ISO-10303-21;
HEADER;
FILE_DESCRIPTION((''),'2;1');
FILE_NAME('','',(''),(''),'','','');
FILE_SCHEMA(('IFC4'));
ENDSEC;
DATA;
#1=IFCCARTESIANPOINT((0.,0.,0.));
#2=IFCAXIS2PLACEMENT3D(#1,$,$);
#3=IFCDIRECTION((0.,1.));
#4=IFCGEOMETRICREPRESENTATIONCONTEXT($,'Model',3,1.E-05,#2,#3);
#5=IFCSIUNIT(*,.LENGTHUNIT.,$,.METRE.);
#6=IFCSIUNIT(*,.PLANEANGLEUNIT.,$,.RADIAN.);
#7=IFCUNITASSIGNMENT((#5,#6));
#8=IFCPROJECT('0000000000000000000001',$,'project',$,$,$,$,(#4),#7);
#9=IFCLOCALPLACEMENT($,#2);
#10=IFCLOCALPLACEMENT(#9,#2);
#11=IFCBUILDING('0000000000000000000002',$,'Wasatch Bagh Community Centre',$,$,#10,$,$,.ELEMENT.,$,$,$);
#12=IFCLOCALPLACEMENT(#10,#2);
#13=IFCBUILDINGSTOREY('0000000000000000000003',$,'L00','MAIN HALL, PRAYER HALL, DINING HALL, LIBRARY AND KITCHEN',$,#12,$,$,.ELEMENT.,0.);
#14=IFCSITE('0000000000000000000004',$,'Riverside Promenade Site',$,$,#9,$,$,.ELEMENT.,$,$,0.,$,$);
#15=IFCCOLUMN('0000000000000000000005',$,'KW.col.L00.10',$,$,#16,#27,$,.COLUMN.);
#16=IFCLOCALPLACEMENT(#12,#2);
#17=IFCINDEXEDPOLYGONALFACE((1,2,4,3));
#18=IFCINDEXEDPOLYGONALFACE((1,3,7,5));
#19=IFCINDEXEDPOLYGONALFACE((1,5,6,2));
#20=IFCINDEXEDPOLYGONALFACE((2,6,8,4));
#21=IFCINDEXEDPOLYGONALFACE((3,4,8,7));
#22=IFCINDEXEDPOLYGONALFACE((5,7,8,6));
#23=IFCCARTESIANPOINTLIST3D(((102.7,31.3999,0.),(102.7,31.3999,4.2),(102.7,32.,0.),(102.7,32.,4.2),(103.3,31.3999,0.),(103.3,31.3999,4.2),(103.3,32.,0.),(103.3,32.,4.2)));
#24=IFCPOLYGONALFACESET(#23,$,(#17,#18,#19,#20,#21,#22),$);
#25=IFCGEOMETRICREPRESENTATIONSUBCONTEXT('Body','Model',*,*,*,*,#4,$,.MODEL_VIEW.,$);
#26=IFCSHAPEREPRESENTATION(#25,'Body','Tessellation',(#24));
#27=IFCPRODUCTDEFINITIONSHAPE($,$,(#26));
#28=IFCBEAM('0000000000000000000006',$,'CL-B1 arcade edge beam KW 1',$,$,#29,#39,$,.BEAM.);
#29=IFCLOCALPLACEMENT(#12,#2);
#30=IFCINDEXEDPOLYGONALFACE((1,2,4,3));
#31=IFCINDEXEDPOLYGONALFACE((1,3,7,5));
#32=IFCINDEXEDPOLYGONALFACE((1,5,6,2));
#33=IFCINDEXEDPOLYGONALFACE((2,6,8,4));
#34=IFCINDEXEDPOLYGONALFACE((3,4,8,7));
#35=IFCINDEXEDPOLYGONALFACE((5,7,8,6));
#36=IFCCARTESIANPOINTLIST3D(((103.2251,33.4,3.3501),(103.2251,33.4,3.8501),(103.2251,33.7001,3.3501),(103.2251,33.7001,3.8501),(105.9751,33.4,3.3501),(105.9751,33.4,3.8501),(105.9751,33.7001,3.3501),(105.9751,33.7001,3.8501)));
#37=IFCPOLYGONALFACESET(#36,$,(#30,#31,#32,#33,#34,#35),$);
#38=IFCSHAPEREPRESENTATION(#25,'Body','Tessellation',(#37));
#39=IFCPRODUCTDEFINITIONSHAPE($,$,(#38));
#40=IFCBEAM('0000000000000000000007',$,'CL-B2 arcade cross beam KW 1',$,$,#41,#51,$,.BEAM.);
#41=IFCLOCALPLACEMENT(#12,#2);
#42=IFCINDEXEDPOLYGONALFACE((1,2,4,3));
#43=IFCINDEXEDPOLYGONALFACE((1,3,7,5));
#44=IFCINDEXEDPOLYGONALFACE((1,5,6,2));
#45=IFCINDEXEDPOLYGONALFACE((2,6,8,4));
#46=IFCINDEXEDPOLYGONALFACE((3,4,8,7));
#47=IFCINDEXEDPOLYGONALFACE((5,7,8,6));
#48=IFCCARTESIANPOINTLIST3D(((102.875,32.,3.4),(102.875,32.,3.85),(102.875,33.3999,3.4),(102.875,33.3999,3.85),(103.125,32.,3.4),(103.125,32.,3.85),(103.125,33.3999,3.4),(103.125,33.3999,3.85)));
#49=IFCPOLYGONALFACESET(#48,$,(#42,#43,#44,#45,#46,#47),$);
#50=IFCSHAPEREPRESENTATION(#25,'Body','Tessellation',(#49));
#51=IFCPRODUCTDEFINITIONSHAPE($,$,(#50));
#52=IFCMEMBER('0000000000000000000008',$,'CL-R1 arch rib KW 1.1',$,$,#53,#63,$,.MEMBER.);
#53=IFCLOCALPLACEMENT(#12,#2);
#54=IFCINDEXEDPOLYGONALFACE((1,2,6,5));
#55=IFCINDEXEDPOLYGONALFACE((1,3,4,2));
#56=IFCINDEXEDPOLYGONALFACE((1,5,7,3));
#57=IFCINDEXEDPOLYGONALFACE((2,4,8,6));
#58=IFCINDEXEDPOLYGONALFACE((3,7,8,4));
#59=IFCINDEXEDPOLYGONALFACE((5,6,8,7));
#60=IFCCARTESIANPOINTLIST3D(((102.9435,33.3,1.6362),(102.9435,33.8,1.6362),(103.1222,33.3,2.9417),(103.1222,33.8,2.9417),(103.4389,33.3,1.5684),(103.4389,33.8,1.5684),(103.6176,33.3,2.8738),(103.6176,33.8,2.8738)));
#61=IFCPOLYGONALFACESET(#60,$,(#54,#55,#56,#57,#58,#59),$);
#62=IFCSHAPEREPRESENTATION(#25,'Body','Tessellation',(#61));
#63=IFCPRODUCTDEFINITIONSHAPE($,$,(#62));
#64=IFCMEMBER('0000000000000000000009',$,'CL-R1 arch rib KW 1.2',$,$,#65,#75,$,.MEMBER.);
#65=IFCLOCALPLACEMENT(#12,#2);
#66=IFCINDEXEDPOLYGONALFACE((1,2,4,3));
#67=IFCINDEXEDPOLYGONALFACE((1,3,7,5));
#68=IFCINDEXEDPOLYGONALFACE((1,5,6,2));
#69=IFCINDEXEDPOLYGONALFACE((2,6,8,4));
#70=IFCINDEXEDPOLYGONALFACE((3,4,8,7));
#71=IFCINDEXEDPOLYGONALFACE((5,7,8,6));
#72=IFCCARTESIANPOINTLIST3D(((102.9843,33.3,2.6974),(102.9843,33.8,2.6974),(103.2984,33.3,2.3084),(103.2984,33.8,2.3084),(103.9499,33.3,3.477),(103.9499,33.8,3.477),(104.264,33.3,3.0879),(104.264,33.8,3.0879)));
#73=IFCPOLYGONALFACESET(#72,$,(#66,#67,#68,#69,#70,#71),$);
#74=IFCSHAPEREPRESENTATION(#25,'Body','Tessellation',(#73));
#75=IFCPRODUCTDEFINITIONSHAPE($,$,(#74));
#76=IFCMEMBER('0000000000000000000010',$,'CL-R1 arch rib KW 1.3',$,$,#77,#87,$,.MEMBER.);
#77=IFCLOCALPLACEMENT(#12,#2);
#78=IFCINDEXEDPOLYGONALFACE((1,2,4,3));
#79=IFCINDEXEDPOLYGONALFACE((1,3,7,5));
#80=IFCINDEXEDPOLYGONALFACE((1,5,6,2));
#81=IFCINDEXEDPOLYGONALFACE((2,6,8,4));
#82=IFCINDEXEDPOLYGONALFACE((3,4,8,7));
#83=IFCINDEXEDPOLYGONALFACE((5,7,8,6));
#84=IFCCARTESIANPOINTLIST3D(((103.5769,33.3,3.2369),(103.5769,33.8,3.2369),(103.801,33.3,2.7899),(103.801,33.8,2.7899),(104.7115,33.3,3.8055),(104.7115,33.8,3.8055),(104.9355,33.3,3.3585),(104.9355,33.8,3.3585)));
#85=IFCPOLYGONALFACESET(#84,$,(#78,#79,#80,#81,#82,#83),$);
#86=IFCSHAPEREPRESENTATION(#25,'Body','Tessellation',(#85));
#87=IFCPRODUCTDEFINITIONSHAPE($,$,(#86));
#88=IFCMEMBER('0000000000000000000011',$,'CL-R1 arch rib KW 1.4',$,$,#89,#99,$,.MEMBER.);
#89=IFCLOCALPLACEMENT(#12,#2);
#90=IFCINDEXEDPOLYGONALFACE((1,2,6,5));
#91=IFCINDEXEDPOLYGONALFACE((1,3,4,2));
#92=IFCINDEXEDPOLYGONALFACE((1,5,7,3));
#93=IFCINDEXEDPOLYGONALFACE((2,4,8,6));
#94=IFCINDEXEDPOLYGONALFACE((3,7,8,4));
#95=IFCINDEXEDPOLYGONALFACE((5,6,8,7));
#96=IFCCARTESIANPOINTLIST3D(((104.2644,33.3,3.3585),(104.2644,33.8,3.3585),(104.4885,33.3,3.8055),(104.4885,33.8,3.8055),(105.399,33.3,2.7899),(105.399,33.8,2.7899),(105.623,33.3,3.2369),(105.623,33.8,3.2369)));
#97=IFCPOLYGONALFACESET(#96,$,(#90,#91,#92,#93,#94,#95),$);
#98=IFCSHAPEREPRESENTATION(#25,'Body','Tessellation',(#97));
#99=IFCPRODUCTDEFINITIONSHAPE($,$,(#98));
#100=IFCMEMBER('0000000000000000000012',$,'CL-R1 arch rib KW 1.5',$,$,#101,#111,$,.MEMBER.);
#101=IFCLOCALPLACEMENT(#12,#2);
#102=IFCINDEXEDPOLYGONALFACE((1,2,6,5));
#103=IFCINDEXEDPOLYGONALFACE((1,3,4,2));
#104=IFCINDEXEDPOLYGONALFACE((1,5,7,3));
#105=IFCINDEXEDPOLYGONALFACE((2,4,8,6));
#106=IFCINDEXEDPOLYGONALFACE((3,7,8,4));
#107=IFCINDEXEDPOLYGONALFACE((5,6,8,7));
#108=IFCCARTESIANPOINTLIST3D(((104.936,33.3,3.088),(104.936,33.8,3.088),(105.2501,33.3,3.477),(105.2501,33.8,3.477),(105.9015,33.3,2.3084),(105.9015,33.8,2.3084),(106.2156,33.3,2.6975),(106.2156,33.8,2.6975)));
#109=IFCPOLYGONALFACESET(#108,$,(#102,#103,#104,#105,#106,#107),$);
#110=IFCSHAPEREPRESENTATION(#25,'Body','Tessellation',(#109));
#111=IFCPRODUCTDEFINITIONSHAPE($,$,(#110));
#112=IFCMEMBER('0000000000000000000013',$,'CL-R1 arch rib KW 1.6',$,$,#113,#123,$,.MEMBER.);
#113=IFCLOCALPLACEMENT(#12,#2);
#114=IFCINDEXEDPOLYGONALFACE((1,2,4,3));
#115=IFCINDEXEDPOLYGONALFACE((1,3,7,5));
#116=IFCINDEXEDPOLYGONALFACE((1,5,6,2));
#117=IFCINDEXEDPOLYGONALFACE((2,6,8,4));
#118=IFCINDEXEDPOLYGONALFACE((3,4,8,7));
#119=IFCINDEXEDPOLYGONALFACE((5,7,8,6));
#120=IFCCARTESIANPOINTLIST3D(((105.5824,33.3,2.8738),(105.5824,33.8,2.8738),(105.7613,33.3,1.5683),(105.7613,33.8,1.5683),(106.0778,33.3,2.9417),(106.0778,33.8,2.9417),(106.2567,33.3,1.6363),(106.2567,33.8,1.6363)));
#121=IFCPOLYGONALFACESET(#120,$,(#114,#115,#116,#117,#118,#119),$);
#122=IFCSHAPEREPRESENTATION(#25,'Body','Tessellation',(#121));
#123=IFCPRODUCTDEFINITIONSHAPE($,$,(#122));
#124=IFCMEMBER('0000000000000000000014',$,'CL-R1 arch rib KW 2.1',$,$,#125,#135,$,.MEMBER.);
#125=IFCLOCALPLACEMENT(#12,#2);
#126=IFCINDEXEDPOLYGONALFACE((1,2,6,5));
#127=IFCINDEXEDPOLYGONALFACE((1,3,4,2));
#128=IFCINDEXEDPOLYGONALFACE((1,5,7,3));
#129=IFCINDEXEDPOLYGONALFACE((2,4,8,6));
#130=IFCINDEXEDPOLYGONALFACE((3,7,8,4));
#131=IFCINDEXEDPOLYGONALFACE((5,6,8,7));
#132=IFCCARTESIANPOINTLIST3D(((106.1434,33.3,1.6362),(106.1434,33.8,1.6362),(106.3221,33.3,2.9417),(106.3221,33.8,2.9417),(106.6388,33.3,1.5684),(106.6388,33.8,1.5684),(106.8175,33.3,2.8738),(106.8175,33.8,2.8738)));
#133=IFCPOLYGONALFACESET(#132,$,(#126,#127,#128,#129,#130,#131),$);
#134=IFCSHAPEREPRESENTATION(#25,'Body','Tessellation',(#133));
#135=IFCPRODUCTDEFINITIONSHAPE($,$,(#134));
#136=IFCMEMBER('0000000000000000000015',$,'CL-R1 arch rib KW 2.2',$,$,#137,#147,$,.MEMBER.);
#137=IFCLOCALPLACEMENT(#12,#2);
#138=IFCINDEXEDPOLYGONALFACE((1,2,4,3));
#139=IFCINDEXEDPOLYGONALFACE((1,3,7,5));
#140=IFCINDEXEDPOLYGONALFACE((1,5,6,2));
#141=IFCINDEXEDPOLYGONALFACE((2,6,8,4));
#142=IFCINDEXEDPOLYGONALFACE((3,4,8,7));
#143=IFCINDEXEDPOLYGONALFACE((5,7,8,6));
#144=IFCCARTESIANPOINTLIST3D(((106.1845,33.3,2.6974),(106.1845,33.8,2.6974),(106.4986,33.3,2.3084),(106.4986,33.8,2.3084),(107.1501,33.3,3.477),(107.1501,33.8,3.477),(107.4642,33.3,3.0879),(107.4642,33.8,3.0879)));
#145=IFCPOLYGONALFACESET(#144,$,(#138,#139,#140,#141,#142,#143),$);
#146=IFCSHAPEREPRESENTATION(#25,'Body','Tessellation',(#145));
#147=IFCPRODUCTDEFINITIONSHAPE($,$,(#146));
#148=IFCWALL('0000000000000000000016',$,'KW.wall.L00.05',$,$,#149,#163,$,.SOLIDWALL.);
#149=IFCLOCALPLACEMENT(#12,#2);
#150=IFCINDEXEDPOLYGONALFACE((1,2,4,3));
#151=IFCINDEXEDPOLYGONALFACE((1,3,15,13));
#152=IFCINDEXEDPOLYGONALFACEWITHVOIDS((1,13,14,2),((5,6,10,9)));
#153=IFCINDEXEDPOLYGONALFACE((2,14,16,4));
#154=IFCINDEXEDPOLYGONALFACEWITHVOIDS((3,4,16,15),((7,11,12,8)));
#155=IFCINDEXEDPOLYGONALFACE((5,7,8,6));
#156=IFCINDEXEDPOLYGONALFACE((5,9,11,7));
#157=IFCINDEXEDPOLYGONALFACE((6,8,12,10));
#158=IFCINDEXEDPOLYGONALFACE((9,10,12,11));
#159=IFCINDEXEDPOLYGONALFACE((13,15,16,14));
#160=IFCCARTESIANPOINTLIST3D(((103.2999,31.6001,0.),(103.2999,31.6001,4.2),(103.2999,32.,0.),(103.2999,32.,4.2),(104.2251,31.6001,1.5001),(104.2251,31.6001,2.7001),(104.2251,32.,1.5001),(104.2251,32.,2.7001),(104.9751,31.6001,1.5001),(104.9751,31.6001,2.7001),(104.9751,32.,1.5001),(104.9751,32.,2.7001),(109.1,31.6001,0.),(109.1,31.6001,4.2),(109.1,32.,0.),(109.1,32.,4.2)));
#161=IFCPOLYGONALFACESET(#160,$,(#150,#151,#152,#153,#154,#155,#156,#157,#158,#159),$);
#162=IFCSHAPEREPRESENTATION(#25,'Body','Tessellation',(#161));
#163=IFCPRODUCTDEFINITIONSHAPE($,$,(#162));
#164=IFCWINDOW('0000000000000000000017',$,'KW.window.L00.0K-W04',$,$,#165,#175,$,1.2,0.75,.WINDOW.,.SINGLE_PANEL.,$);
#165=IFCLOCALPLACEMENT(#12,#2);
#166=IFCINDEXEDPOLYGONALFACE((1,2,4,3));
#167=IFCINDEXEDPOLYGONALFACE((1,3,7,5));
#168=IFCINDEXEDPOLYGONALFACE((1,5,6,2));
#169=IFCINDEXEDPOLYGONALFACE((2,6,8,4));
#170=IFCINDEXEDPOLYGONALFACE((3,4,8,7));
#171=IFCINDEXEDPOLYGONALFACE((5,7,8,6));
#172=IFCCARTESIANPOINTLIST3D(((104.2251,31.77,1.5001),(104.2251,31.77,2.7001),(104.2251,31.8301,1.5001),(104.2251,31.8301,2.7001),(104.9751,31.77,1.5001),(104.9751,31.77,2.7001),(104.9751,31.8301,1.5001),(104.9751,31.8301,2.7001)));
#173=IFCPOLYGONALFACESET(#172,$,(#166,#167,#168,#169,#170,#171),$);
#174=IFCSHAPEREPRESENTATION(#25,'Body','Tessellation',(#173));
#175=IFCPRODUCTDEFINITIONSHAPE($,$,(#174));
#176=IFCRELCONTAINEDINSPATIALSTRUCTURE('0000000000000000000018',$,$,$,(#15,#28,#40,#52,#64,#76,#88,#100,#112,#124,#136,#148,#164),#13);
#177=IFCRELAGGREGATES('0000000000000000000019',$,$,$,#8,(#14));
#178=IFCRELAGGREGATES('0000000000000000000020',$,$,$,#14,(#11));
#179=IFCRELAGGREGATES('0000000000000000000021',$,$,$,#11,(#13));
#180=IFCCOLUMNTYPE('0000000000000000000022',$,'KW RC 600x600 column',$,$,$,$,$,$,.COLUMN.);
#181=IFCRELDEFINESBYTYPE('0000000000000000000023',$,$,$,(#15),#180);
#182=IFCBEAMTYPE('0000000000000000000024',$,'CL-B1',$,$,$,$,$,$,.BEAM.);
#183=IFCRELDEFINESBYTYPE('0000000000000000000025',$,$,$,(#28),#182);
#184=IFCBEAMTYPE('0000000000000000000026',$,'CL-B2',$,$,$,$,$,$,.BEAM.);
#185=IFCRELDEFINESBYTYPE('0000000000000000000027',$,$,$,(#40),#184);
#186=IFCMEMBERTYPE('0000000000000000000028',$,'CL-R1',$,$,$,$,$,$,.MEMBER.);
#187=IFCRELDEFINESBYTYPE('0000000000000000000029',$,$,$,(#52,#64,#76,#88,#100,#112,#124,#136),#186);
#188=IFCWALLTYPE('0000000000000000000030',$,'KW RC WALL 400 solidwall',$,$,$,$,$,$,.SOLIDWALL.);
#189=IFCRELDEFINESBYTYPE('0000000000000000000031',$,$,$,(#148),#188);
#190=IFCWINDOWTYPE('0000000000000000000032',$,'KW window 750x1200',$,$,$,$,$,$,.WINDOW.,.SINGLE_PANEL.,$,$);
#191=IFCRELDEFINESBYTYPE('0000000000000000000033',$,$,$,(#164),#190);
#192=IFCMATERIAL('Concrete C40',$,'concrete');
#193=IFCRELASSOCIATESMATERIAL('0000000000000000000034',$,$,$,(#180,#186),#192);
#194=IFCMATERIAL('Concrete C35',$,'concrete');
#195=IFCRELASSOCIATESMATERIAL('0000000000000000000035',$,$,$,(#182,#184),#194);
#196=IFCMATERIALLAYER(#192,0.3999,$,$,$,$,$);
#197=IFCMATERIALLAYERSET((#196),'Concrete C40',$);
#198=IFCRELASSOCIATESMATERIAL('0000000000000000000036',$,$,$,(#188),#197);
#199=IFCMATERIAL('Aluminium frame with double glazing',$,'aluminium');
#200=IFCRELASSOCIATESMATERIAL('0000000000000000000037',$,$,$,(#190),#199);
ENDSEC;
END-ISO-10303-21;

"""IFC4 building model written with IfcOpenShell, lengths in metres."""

from ifc_helpers import new_model, si_unit, direction, frame, frame_2d, origin, origin_2d, place, context, subcontext, project, spatial, rectangle, extrude, material, layer, layer_set, material_profile, profile_set, type_object, element, fill, save


model = new_model("IFC4")

# Units and contexts
model_context = context("Model", 3, precision=1e-05, world=origin(), true_north=direction((0.0, 1.0)))
body_context = subcontext(model_context, "Body", "Model", "MODEL_VIEW")
ifc_project = project(units=[si_unit("LENGTHUNIT", "METRE"), si_unit("PLANEANGLEUNIT", "RADIAN")], contexts=[model_context])

# Site, building, storey
site_placement = place(None, origin())
site = spatial("IfcSite", under=ifc_project, at=site_placement, Name="Riverside Promenade Site", CompositionType="ELEMENT", RefElevation=0.0)
building_placement = place(site_placement, origin())
building = spatial("IfcBuilding", under=site, at=building_placement, Name="Wasatch Bagh Community Centre", CompositionType="ELEMENT")
storey_placement = place(building_placement, origin())
storey = spatial("IfcBuildingStorey", under=building, at=storey_placement, Name="L00", Description="MAIN HALL, PRAYER HALL, DINING HALL, LIBRARY AND KITCHEN", CompositionType="ELEMENT", Elevation=0.0)

# Shared definitions
ifc_material_1 = material(Name="Concrete C35", Category="concrete")

# Column
ifc_material_2 = material(Name="Concrete C40", Category="concrete")
ifc_material_profile_1 = material_profile(ifc_material_2, rectangle(XDim=0.6001, YDim=0.6001, at=origin_2d()), Name="RC 600x600")
ifc_profile_set_1 = profile_set([ifc_material_profile_1], Name="Concrete C40")
column_type_1 = type_object("IfcColumnType", Name="KW RC 600x600 column", PredefinedType="COLUMN", material=ifc_profile_set_1)
column_placement = place(storey_placement, frame((103.0, 31.7, 0.0), z_axis=(0.0, 0.0, 1.0), x_axis=(1.0, 0.0, 0.0)))
element("IfcColumn", 1, at=column_placement, inside=storey, type_object=column_type_1, Name="KW.col.L00.10", PredefinedType="COLUMN", context=body_context, shape_type="SweptSolid", body=[
    extrude(rectangle(XDim=0.6001, YDim=0.6001, at=origin_2d()), origin(), (0.0, 0.0, 1.0), 4.2),
])

# Beams
ifc_material_profile_2 = material_profile(ifc_material_1, rectangle(XDim=0.3, YDim=0.5, at=origin_2d()), Name="RC 300x500")
ifc_profile_set_2 = profile_set([ifc_material_profile_2], Name="Concrete C35")
beam_type_1 = type_object("IfcBeamType", Name="CL-B1", PredefinedType="BEAM", material=ifc_profile_set_2)
beam_1_placement = place(storey_placement, frame((103.2251, 33.55, 3.6001), z_axis=(1.0, 0.0, 0.0), x_axis=(0.0, 1.0, 0.0)))
element("IfcBeam", 2, at=beam_1_placement, inside=storey, type_object=beam_type_1, Name="CL-B1 arcade edge beam KW 1", PredefinedType="BEAM", context=body_context, shape_type="SweptSolid", body=[
    extrude(rectangle(XDim=0.3, YDim=0.5, at=origin_2d()), origin(), (0.0, 0.0, 1.0), 2.75),
])
ifc_material_profile_3 = material_profile(ifc_material_1, rectangle(XDim=0.25, YDim=0.45, at=origin_2d()), Name="RC 250x450")
ifc_profile_set_3 = profile_set([ifc_material_profile_3], Name="Concrete C35")
beam_type_2 = type_object("IfcBeamType", Name="CL-B2", PredefinedType="BEAM", material=ifc_profile_set_3)
beam_2_placement = place(storey_placement, frame((103.0, 32.0, 3.625), z_axis=(0.0, 1.0, 0.0), x_axis=(-1.0, 0.0, 0.0)))
element("IfcBeam", 3, at=beam_2_placement, inside=storey, type_object=beam_type_2, Name="CL-B2 arcade cross beam KW 1", PredefinedType="BEAM", context=body_context, shape_type="SweptSolid", body=[
    extrude(rectangle(XDim=0.25, YDim=0.45, at=origin_2d()), origin(), (0.0, 0.0, 1.0), 1.3999),
])

# Members
ifc_material_profile_4 = material_profile(ifc_material_2, rectangle(XDim=0.5, YDim=0.5, at=origin_2d()), Name="RC 500x500")
ifc_profile_set_4 = profile_set([ifc_material_profile_4], Name="Concrete C40")
member_type = type_object("IfcMemberType", Name="CL-R1", PredefinedType="MEMBER", material=ifc_profile_set_4)
member_1_placement = place(storey_placement, frame((103.1912, 33.55, 1.6023), z_axis=(0.135634, 0.0, 0.990759), x_axis=(0.0, 1.0, 0.0)))
element("IfcMember", 4, at=member_1_placement, inside=storey, type_object=member_type, Name="CL-R1 arch rib KW 1.1", PredefinedType="MEMBER", context=body_context, shape_type="SweptSolid", body=[
    extrude(rectangle(XDim=0.5, YDim=0.5, at=origin_2d()), origin(), (0.0, 0.0, 1.0), 1.3176),
])
member_2_placement = place(storey_placement, frame((103.1414, 33.55, 2.5029), z_axis=(0.778078, 0.0, 0.628168), x_axis=(0.0, 1.0, 0.0)))
element("IfcMember", 5, at=member_2_placement, inside=storey, type_object=member_type, Name="CL-R1 arch rib KW 1.2", PredefinedType="MEMBER", context=body_context, shape_type="SweptSolid", body=[
    extrude(rectangle(XDim=0.5, YDim=0.5, at=origin_2d()), origin(), (0.0, 0.0, 1.0), 1.241),
])
for number, where, z_axis, x_axis, name in (
    (6, (103.689, 33.55, 3.0134), (0.894004, 0.0, 0.44806), (0.0, 1.0, 0.0), "CL-R1 arch rib KW 1.3"),
    (7, (104.3765, 33.55, 3.582), (0.894004, 0.0, -0.44806), (0.0, 1.0, 0.0), "CL-R1 arch rib KW 1.4"),
):
    element("IfcMember", number, at=place(storey_placement, frame(where, z_axis=z_axis, x_axis=x_axis)), inside=storey, type_object=member_type, Name=name, PredefinedType="MEMBER", context=body_context, shape_type="SweptSolid", body=[
        extrude(rectangle(XDim=0.5, YDim=0.5, at=origin_2d()), origin(), (0.0, 0.0, 1.0), 1.269),
    ])
member_3_placement = place(storey_placement, frame((105.093, 33.55, 3.2825), z_axis=(0.778078, 0.0, -0.628168), x_axis=(0.0, 1.0, 0.0)))
element("IfcMember", 8, at=member_3_placement, inside=storey, type_object=member_type, Name="CL-R1 arch rib KW 1.5", PredefinedType="MEMBER", context=body_context, shape_type="SweptSolid", body=[
    extrude(rectangle(XDim=0.5, YDim=0.5, at=origin_2d()), origin(), (0.0, 0.0, 1.0), 1.241),
])
for number, where, z_axis, x_axis, name in (
    (9, (105.8301, 33.55, 2.9077), (0.135816, 0.0, -0.990734), (0.0, 1.0, 0.0), "CL-R1 arch rib KW 1.6"),
    (10, (106.3911, 33.55, 1.6023), (0.135634, 0.0, 0.990759), (0.0, 1.0, 0.0), "CL-R1 arch rib KW 2.1"),
):
    element("IfcMember", number, at=place(storey_placement, frame(where, z_axis=z_axis, x_axis=x_axis)), inside=storey, type_object=member_type, Name=name, PredefinedType="MEMBER", context=body_context, shape_type="SweptSolid", body=[
        extrude(rectangle(XDim=0.5, YDim=0.5, at=origin_2d()), origin(), (0.0, 0.0, 1.0), 1.3176),
    ])
member_4_placement = place(storey_placement, frame((106.3416, 33.55, 2.5029), z_axis=(0.778078, 0.0, 0.628168), x_axis=(0.0, 1.0, 0.0)))
element("IfcMember", 11, at=member_4_placement, inside=storey, type_object=member_type, Name="CL-R1 arch rib KW 2.2", PredefinedType="MEMBER", context=body_context, shape_type="SweptSolid", body=[
    extrude(rectangle(XDim=0.5, YDim=0.5, at=origin_2d()), origin(), (0.0, 0.0, 1.0), 1.241),
])

# Wall, opening, window
ifc_layer_1 = layer(ifc_material_2, 0.3999)
ifc_layer_set_1 = layer_set([ifc_layer_1], Name="Concrete C40")
wall_type_1 = type_object("IfcWallType", Name="KW RC WALL 400 solidwall", PredefinedType="SOLIDWALL", material=ifc_layer_set_1)
wall_1_placement = place(storey_placement, frame((103.3, 31.8, 0.0), z_axis=(0.0, 0.0, 1.0), x_axis=(1.0, 0.0, 0.0)))
wall_1 = element("IfcWall", 12, at=wall_1_placement, inside=storey, type_object=wall_type_1, Name="KW.wall.L00.05", PredefinedType="SOLIDWALL", context=body_context, shape_type="SweptSolid", body=[
    extrude(rectangle(XDim=5.8, YDim=0.3999, at=frame_2d((2.8999, 0.0))), origin(), (0.0, 0.0, 1.0), 4.2),
])
opening_placement = place(wall_1_placement, frame((0.925, 0.0, 1.5)))
opening = element("IfcOpeningElement", 13, at=opening_placement, cuts=wall_1, PredefinedType="OPENING", context=body_context, shape_type="SweptSolid", body=[
    extrude(rectangle(XDim=0.75, YDim=1.2, at=frame_2d((0.375, 0.6001))), frame((0.0, 0.21, 0.0), z_axis=(0.0, -1.0, 0.0), x_axis=(1.0, 0.0, 0.0)), (0.0, 0.0, 1.0), 0.4199),
])
ifc_material_3 = material(Name="Aluminium frame with double glazing", Category="aluminium")
window_type = type_object("IfcWindowType", Name="KW window 750x1200", PartitioningType="SINGLE_PANEL", PredefinedType="WINDOW", material=ifc_material_3)
window_placement = place(opening_placement, origin())
window = element("IfcWindow", 14, at=window_placement, inside=storey, type_object=window_type, Name="KW.window.L00.0K-W04", OverallHeight=1.2, OverallWidth=0.75, PartitioningType="SINGLE_PANEL", PredefinedType="WINDOW", context=body_context, shape_type="SweptSolid", body=[
    extrude(rectangle(XDim=0.75, YDim=1.2, at=frame_2d((0.375, 0.6001))), frame((0.0, 0.03, 0.0), z_axis=(0.0, -1.0, 0.0), x_axis=(1.0, 0.0, 0.0)), (0.0, 0.0, 1.0), 0.0601),
])
fill(opening, window)

save(model, "model.ifc")
